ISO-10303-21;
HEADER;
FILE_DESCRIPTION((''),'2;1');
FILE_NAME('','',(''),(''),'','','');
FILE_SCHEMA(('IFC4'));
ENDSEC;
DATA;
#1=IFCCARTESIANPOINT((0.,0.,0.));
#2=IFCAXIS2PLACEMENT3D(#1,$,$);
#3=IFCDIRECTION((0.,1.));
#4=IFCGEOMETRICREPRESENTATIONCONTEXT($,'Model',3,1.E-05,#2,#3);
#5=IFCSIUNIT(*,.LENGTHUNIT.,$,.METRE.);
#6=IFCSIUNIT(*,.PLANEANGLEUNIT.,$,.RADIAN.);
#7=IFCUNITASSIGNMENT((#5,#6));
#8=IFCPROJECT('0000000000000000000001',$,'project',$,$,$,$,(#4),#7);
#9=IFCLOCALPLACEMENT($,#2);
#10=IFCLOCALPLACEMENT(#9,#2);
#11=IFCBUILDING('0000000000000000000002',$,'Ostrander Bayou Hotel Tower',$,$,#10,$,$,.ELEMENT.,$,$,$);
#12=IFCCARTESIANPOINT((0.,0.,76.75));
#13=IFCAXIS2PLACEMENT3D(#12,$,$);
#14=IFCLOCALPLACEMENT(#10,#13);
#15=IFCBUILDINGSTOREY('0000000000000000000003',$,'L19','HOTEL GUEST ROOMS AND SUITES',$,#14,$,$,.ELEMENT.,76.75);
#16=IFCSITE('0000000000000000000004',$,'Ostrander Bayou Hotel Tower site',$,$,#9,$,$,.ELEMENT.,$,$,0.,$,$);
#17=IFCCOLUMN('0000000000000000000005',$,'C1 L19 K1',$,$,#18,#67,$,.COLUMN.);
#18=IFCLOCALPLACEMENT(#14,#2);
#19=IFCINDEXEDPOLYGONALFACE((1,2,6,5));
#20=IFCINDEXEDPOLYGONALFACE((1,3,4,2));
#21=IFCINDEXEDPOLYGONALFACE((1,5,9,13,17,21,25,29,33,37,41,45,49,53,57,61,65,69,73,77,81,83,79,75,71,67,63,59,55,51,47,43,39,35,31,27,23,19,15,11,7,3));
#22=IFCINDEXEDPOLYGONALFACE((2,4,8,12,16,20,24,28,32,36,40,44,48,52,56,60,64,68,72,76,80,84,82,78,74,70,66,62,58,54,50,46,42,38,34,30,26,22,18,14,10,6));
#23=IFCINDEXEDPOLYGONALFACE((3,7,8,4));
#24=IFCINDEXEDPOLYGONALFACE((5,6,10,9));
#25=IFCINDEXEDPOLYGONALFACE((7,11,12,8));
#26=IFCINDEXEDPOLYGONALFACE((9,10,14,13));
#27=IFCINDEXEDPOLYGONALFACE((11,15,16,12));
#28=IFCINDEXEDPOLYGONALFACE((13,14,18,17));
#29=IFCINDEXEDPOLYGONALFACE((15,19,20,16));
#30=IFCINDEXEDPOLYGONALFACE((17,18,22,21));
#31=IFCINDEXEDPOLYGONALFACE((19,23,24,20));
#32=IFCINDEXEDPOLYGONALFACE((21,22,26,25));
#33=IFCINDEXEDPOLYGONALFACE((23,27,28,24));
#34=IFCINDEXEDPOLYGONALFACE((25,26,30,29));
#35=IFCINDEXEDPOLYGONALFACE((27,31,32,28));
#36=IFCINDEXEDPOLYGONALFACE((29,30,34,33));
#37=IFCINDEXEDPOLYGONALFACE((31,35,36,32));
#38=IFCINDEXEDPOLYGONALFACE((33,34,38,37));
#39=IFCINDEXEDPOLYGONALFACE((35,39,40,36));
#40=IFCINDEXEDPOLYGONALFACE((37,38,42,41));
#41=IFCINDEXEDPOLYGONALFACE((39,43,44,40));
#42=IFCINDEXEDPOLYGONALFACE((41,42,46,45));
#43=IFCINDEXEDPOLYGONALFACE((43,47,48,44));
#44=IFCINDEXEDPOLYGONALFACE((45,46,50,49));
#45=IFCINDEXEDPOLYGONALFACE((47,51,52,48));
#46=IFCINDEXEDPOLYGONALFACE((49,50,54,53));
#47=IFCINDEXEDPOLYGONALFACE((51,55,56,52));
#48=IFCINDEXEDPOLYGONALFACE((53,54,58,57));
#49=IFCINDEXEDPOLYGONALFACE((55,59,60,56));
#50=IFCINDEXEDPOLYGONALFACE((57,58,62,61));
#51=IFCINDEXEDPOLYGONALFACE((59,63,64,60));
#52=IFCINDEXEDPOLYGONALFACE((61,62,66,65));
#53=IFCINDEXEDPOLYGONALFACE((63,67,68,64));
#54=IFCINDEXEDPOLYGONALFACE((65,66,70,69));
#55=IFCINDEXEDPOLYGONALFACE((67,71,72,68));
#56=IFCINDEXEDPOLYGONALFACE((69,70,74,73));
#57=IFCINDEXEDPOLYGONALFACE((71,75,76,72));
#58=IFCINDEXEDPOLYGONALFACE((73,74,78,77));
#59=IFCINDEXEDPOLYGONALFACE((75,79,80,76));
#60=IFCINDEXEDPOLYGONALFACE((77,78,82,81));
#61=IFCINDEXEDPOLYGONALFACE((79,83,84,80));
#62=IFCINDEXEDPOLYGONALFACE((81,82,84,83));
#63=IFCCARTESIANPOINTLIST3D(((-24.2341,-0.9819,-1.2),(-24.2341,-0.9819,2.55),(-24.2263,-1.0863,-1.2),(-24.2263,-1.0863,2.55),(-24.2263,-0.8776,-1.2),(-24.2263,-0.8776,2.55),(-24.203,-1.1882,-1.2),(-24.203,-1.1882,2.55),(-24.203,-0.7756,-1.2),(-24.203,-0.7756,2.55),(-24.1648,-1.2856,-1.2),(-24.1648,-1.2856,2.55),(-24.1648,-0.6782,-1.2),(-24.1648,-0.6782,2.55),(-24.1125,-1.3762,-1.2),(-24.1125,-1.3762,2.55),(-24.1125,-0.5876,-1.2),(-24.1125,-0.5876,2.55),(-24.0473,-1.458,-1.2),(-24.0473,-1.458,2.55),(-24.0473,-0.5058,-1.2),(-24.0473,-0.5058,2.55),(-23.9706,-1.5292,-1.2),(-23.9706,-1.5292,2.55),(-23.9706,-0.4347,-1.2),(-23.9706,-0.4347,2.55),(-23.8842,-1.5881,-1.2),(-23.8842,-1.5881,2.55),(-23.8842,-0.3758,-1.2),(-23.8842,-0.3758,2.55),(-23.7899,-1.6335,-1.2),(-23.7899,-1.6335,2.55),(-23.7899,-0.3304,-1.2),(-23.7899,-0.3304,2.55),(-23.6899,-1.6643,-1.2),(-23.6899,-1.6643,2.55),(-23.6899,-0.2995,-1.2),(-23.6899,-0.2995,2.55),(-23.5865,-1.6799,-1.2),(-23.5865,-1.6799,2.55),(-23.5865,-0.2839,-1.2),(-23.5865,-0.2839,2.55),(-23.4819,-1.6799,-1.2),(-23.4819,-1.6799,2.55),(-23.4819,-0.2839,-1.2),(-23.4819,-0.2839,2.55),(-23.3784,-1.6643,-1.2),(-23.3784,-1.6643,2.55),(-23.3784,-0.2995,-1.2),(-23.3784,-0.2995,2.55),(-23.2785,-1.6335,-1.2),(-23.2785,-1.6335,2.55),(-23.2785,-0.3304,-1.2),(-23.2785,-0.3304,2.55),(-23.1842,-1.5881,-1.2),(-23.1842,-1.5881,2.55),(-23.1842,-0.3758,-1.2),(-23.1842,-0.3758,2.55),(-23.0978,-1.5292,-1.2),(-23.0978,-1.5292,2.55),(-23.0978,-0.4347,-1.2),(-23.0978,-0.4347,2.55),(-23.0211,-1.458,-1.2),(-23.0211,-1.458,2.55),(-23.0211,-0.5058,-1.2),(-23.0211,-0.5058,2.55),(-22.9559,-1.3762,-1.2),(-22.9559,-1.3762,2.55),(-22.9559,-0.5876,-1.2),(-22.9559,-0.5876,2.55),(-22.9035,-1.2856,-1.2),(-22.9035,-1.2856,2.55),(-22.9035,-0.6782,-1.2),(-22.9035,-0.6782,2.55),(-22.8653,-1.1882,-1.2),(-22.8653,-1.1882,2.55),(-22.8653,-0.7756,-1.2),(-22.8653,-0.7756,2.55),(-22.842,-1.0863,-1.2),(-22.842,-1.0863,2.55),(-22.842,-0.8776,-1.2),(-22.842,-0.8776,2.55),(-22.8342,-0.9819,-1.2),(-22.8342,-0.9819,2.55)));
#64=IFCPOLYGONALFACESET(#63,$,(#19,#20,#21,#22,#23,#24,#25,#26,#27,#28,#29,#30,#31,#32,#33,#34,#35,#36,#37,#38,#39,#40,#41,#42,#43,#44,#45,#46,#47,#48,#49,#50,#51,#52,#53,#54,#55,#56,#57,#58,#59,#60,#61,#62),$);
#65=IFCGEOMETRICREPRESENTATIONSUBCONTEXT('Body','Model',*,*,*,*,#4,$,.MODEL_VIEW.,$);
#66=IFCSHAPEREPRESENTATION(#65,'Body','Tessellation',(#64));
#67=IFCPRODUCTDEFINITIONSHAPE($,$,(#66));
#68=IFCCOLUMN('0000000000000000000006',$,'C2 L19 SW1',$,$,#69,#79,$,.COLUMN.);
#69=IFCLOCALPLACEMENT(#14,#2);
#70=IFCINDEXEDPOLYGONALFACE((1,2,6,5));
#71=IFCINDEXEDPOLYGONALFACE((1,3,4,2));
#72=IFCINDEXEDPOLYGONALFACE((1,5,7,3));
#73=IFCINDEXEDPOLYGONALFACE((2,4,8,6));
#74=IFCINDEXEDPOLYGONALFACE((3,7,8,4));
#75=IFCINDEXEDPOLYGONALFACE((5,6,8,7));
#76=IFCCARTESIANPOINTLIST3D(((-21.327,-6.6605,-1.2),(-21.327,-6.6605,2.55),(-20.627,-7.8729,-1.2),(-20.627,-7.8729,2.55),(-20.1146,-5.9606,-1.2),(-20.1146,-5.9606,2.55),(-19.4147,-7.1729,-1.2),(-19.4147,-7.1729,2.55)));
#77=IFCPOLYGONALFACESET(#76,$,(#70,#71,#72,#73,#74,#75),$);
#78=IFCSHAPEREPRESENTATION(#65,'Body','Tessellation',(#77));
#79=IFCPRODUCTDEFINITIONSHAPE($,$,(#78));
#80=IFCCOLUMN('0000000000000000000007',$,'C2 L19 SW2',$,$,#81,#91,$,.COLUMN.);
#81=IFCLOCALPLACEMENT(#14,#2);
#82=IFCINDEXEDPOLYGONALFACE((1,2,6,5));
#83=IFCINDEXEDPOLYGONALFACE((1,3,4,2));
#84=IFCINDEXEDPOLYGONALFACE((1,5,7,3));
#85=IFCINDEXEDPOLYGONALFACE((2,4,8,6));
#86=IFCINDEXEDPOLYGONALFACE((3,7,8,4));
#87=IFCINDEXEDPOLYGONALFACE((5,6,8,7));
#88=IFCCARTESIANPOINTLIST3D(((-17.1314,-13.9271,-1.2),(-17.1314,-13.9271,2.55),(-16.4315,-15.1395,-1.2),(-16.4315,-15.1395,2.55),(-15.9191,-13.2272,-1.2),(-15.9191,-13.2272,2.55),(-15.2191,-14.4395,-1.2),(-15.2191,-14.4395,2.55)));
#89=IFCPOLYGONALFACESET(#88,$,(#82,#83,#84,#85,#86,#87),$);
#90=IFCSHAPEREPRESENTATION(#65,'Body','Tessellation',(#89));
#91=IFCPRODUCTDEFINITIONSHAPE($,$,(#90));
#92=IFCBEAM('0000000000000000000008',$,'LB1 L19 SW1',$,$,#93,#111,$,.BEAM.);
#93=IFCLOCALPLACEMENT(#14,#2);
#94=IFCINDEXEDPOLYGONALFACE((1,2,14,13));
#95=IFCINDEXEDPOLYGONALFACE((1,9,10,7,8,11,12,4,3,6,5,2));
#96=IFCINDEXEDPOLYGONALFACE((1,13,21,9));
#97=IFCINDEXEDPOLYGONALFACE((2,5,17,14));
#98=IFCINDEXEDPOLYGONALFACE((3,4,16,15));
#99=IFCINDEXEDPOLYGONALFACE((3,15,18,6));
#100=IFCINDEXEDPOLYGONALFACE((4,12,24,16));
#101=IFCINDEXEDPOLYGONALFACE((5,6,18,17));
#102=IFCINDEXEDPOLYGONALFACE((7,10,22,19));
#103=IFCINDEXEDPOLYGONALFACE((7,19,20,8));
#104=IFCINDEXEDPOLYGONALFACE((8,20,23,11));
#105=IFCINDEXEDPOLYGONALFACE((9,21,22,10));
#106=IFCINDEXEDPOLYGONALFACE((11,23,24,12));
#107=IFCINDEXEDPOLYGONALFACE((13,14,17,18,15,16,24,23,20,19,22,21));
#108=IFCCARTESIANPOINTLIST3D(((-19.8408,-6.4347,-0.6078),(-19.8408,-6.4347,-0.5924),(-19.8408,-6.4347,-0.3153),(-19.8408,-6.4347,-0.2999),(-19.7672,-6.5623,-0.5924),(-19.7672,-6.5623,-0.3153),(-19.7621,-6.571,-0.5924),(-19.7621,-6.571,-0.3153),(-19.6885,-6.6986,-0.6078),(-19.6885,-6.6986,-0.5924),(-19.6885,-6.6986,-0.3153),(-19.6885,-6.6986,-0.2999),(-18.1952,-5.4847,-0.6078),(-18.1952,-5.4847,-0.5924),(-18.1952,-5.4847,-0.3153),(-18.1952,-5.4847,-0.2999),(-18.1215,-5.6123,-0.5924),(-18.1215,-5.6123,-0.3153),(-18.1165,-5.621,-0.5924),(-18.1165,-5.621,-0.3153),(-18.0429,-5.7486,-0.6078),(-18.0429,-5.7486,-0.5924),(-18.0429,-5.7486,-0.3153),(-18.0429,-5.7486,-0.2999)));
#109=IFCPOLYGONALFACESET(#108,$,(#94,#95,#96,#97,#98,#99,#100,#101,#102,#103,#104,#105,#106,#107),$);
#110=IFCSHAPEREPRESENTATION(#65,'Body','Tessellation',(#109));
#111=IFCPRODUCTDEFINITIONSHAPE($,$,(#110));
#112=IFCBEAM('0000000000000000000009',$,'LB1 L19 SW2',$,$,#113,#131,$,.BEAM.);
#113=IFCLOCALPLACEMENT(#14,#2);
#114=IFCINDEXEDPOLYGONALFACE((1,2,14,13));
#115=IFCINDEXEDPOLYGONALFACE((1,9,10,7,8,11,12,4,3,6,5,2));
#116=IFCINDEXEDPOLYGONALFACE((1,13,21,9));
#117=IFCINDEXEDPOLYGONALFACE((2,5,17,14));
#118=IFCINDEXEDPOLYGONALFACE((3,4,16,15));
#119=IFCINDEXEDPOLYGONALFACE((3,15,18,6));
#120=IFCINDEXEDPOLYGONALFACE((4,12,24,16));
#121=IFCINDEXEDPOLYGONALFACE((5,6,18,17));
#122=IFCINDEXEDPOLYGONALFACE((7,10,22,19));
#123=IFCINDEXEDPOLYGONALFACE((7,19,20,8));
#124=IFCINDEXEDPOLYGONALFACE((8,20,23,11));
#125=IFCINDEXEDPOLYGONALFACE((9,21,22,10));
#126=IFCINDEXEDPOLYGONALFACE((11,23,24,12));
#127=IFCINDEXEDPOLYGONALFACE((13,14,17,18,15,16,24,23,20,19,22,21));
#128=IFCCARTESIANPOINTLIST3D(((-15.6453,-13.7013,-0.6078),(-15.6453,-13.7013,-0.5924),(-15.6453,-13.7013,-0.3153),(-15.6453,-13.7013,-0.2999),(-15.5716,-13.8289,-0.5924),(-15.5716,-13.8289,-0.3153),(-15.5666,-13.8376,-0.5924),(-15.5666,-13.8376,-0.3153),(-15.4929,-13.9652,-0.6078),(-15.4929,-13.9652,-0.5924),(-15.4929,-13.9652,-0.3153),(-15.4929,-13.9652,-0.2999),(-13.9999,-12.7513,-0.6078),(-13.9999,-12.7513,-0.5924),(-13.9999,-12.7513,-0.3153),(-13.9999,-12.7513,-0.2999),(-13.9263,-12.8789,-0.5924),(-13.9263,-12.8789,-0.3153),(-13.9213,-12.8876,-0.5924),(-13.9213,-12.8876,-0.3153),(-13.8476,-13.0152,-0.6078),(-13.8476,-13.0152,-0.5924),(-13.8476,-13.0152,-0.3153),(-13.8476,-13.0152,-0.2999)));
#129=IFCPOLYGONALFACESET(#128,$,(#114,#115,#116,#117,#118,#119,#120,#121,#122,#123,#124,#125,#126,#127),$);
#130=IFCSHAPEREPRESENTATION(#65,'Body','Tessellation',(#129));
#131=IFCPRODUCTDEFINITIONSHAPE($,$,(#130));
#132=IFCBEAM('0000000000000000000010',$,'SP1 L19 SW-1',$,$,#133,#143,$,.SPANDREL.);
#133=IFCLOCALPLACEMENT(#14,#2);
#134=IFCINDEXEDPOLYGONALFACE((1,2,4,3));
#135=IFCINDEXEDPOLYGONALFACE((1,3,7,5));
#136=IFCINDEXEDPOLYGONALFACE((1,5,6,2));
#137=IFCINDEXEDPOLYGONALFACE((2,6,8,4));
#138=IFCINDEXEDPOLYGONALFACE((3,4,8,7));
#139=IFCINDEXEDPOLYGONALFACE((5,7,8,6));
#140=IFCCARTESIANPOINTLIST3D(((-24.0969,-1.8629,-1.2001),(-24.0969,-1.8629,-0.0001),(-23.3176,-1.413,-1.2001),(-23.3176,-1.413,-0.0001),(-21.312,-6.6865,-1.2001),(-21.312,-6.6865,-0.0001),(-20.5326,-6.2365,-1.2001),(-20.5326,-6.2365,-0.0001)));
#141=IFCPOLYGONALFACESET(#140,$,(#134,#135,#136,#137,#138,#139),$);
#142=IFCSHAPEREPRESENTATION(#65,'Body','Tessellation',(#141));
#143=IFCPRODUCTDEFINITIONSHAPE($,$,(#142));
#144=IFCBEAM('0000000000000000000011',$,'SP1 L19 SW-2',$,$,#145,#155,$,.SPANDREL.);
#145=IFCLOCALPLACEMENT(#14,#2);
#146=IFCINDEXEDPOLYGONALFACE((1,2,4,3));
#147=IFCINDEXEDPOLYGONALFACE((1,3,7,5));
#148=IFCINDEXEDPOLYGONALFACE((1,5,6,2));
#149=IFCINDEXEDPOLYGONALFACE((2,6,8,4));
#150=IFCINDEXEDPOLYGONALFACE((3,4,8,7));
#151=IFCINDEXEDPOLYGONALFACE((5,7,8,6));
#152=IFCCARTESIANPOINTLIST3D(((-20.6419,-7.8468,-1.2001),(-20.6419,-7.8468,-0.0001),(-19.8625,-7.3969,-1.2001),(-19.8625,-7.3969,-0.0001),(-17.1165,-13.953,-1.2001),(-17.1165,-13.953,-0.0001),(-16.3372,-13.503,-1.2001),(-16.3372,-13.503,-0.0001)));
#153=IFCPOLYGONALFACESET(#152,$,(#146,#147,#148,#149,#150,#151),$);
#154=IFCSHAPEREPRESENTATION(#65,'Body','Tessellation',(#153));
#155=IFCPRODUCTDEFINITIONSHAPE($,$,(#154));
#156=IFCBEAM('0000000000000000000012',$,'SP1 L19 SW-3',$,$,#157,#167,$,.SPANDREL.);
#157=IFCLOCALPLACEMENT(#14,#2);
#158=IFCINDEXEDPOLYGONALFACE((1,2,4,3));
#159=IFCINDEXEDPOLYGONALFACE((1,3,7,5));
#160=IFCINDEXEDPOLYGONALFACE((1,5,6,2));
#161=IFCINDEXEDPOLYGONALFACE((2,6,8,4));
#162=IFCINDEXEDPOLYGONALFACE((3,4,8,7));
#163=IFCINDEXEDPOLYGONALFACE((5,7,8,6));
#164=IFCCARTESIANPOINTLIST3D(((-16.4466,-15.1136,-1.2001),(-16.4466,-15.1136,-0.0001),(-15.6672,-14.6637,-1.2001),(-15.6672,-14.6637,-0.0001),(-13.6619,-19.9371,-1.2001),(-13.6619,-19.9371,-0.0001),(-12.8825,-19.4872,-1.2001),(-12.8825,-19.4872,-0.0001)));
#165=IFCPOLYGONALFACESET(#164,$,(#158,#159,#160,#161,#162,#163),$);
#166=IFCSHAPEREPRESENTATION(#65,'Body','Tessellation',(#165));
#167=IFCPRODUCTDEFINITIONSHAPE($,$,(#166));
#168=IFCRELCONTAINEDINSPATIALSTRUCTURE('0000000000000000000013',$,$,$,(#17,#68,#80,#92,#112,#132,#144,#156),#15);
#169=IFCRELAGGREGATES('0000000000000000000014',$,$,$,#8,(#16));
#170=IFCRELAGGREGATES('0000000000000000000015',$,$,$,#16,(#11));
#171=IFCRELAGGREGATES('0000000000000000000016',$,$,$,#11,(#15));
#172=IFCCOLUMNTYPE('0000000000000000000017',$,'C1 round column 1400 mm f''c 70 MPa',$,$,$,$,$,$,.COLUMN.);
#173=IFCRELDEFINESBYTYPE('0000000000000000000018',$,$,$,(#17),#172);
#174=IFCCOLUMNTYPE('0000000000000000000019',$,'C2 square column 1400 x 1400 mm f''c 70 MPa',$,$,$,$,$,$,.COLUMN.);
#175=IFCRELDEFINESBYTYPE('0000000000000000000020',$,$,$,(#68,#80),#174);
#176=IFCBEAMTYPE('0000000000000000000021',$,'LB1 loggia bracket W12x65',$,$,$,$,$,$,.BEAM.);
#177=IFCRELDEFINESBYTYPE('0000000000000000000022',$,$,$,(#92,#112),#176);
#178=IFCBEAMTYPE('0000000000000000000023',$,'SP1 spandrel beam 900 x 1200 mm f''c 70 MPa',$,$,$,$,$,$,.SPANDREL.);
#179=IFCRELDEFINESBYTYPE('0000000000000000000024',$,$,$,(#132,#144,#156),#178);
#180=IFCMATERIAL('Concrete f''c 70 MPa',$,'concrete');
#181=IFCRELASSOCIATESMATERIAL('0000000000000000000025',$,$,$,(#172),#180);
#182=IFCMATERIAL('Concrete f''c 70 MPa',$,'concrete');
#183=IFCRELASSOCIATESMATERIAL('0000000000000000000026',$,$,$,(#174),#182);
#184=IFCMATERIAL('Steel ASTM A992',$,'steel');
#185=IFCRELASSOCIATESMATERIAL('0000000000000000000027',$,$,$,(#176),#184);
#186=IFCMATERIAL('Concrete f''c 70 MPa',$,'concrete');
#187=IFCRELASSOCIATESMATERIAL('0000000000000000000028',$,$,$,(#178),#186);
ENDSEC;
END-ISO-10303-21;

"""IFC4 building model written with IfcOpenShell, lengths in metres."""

from ifc_helpers import new_model, si_unit, direction, frame, origin, origin_2d, place, context, subcontext, project, spatial, rectangle, circle, i_section, extrude, material, material_profile, profile_set, type_object, element, save


model = new_model("IFC4")

# Units and contexts
model_context = context("Model", 3, precision=1e-05, world=origin(), true_north=direction((0.0, 1.0)))
body_context = subcontext(model_context, "Body", "Model", "MODEL_VIEW")
ifc_project = project(units=[si_unit("LENGTHUNIT", "METRE"), si_unit("PLANEANGLEUNIT", "RADIAN")], contexts=[model_context])

# Site, building, storey
site_placement = place(None, origin())
site = spatial("IfcSite", under=ifc_project, at=site_placement, Name="Ostrander Bayou Hotel Tower site", CompositionType="ELEMENT", RefElevation=0.0)
building_placement = place(site_placement, origin())
building = spatial("IfcBuilding", under=site, at=building_placement, Name="Ostrander Bayou Hotel Tower", CompositionType="ELEMENT")
storey_placement = place(building_placement, frame((0.0, 0.0, 76.75)))
storey = spatial("IfcBuildingStorey", under=building, at=storey_placement, Name="L19", Description="HOTEL GUEST ROOMS AND SUITES", CompositionType="ELEMENT", Elevation=76.75)

# Columns
ifc_material_1 = material(Name="Concrete f'c 70 MPa", Category="concrete")
ifc_material_profile_1 = material_profile(ifc_material_1, circle(Radius=0.7, at=origin_2d()))
ifc_profile_set_1 = profile_set([ifc_material_profile_1], Name="Concrete f'c 70 MPa")
column_type_1 = type_object("IfcColumnType", Name="C1 round column 1400 mm f'c 70 MPa", PredefinedType="COLUMN", material=ifc_profile_set_1)
column_placement = place(storey_placement, frame((-23.5342, -0.9819, -1.2), z_axis=(0.0, 0.0, 1.0), x_axis=(1.0, 0.0, 0.0)))
element("IfcColumn", 1, at=column_placement, inside=storey, type_object=column_type_1, Name="C1 L19 K1", PredefinedType="COLUMN", context=body_context, shape_type="SweptSolid", body=[
    extrude(circle(Radius=0.7, at=origin_2d()), origin(), (0.0, 0.0, 1.0), 3.75),
])
ifc_material_2 = material(Name="Concrete f'c 70 MPa", Category="concrete")
ifc_material_profile_2 = material_profile(ifc_material_2, rectangle(XDim=1.3999, YDim=1.3999, at=origin_2d()))
ifc_profile_set_2 = profile_set([ifc_material_profile_2], Name="Concrete f'c 70 MPa")
column_type_2 = type_object("IfcColumnType", Name="C2 square column 1400 x 1400 mm f'c 70 MPa", PredefinedType="COLUMN", material=ifc_profile_set_2)
for number, where, z_axis, x_axis, name in (
    (2, (-20.3708, -6.9167, -1.2), (0.0, 0.0, 1.0), (-0.5, 0.866025, 0.0), "C2 L19 SW1"),
    (3, (-16.1753, -14.1833, -1.2), (0.0, 0.0, 1.0), (-0.5, 0.866025, 0.0), "C2 L19 SW2"),
):
    element("IfcColumn", number, at=place(storey_placement, frame(where, z_axis=z_axis, x_axis=x_axis)), inside=storey, type_object=column_type_2, Name=name, PredefinedType="COLUMN", context=body_context, shape_type="SweptSolid", body=[
        extrude(rectangle(XDim=1.3999, YDim=1.3999, at=origin_2d()), origin(), (0.0, 0.0, 1.0), 3.75),
    ])

# Beams
ifc_material_3 = material(Name="Steel ASTM A992", Category="steel")
ifc_material_profile_3 = material_profile(ifc_material_3, i_section(OverallWidth=0.3047, OverallDepth=0.3079, WebThickness=0.01, FlangeThickness=0.0154, at=origin_2d()))
ifc_profile_set_3 = profile_set([ifc_material_profile_3], Name="Steel ASTM A992")
beam_type_1 = type_object("IfcBeamType", Name="LB1 loggia bracket W12x65", PredefinedType="BEAM", material=ifc_profile_set_3)
beam_1_placement = place(storey_placement, frame((-19.7646, -6.5667, -0.4539), z_axis=(0.866044, 0.499967, 0.0), x_axis=(-0.499967, 0.866044, 0.0)))
element("IfcBeam", 4, at=beam_1_placement, inside=storey, type_object=beam_type_1, Name="LB1 L19 SW1", PredefinedType="BEAM", context=body_context, shape_type="SweptSolid", body=[
    extrude(i_section(OverallWidth=0.3047, OverallDepth=0.3079, WebThickness=0.01, FlangeThickness=0.0154, at=origin_2d()), origin(), (0.0, 0.0, 1.0), 1.9001),
])
beam_2_placement = place(storey_placement, frame((-15.5691, -13.8333, -0.4539), z_axis=(0.866012, 0.500023, 0.0), x_axis=(-0.500023, 0.866012, 0.0)))
element("IfcBeam", 5, at=beam_2_placement, inside=storey, type_object=beam_type_1, Name="LB1 L19 SW2", PredefinedType="BEAM", context=body_context, shape_type="SweptSolid", body=[
    extrude(i_section(OverallWidth=0.3047, OverallDepth=0.3079, WebThickness=0.01, FlangeThickness=0.0154, at=origin_2d()), origin(), (0.0, 0.0, 1.0), 1.8999),
])
ifc_material_4 = material(Name="Concrete f'c 70 MPa", Category="concrete")
ifc_material_profile_4 = material_profile(ifc_material_4, rectangle(XDim=0.8999, YDim=1.2, at=origin_2d()))
ifc_profile_set_4 = profile_set([ifc_material_profile_4], Name="Concrete f'c 70 MPa")
beam_type_2 = type_object("IfcBeamType", Name="SP1 spandrel beam 900 x 1200 mm f'c 70 MPa", PredefinedType="SPANDREL", material=ifc_profile_set_4)
beam_3_placement = place(storey_placement, frame((-23.7073, -1.6379, -0.6001), z_axis=(0.50001, -0.86602, 0.0), x_axis=(0.86602, 0.50001, 0.0)))
element("IfcBeam", 6, at=beam_3_placement, inside=storey, type_object=beam_type_2, Name="SP1 L19 SW-1", PredefinedType="SPANDREL", context=body_context, shape_type="SweptSolid", body=[
    extrude(rectangle(XDim=0.8999, YDim=1.2, at=origin_2d()), origin(), (0.0, 0.0, 1.0), 5.5698),
])
beam_4_placement = place(storey_placement, frame((-20.2522, -7.6218, -0.6001), z_axis=(0.499997, -0.866027, 0.0), x_axis=(0.866027, 0.499997, 0.0)))
element("IfcBeam", 7, at=beam_4_placement, inside=storey, type_object=beam_type_2, Name="SP1 L19 SW-2", PredefinedType="SPANDREL", context=body_context, shape_type="SweptSolid", body=[
    extrude(rectangle(XDim=0.8999, YDim=1.2, at=origin_2d()), origin(), (0.0, 0.0, 1.0), 7.0508),
])
beam_5_placement = place(storey_placement, frame((-16.0569, -14.8887, -0.6001), z_axis=(0.499977, -0.866039, 0.0), x_axis=(0.866039, 0.499977, 0.0)))
element("IfcBeam", 8, at=beam_5_placement, inside=storey, type_object=beam_type_2, Name="SP1 L19 SW-3", PredefinedType="SPANDREL", context=body_context, shape_type="SweptSolid", body=[
    extrude(rectangle(XDim=0.8999, YDim=1.2, at=origin_2d()), origin(), (0.0, 0.0, 1.0), 5.5696),
])

save(model, "model.ifc")
